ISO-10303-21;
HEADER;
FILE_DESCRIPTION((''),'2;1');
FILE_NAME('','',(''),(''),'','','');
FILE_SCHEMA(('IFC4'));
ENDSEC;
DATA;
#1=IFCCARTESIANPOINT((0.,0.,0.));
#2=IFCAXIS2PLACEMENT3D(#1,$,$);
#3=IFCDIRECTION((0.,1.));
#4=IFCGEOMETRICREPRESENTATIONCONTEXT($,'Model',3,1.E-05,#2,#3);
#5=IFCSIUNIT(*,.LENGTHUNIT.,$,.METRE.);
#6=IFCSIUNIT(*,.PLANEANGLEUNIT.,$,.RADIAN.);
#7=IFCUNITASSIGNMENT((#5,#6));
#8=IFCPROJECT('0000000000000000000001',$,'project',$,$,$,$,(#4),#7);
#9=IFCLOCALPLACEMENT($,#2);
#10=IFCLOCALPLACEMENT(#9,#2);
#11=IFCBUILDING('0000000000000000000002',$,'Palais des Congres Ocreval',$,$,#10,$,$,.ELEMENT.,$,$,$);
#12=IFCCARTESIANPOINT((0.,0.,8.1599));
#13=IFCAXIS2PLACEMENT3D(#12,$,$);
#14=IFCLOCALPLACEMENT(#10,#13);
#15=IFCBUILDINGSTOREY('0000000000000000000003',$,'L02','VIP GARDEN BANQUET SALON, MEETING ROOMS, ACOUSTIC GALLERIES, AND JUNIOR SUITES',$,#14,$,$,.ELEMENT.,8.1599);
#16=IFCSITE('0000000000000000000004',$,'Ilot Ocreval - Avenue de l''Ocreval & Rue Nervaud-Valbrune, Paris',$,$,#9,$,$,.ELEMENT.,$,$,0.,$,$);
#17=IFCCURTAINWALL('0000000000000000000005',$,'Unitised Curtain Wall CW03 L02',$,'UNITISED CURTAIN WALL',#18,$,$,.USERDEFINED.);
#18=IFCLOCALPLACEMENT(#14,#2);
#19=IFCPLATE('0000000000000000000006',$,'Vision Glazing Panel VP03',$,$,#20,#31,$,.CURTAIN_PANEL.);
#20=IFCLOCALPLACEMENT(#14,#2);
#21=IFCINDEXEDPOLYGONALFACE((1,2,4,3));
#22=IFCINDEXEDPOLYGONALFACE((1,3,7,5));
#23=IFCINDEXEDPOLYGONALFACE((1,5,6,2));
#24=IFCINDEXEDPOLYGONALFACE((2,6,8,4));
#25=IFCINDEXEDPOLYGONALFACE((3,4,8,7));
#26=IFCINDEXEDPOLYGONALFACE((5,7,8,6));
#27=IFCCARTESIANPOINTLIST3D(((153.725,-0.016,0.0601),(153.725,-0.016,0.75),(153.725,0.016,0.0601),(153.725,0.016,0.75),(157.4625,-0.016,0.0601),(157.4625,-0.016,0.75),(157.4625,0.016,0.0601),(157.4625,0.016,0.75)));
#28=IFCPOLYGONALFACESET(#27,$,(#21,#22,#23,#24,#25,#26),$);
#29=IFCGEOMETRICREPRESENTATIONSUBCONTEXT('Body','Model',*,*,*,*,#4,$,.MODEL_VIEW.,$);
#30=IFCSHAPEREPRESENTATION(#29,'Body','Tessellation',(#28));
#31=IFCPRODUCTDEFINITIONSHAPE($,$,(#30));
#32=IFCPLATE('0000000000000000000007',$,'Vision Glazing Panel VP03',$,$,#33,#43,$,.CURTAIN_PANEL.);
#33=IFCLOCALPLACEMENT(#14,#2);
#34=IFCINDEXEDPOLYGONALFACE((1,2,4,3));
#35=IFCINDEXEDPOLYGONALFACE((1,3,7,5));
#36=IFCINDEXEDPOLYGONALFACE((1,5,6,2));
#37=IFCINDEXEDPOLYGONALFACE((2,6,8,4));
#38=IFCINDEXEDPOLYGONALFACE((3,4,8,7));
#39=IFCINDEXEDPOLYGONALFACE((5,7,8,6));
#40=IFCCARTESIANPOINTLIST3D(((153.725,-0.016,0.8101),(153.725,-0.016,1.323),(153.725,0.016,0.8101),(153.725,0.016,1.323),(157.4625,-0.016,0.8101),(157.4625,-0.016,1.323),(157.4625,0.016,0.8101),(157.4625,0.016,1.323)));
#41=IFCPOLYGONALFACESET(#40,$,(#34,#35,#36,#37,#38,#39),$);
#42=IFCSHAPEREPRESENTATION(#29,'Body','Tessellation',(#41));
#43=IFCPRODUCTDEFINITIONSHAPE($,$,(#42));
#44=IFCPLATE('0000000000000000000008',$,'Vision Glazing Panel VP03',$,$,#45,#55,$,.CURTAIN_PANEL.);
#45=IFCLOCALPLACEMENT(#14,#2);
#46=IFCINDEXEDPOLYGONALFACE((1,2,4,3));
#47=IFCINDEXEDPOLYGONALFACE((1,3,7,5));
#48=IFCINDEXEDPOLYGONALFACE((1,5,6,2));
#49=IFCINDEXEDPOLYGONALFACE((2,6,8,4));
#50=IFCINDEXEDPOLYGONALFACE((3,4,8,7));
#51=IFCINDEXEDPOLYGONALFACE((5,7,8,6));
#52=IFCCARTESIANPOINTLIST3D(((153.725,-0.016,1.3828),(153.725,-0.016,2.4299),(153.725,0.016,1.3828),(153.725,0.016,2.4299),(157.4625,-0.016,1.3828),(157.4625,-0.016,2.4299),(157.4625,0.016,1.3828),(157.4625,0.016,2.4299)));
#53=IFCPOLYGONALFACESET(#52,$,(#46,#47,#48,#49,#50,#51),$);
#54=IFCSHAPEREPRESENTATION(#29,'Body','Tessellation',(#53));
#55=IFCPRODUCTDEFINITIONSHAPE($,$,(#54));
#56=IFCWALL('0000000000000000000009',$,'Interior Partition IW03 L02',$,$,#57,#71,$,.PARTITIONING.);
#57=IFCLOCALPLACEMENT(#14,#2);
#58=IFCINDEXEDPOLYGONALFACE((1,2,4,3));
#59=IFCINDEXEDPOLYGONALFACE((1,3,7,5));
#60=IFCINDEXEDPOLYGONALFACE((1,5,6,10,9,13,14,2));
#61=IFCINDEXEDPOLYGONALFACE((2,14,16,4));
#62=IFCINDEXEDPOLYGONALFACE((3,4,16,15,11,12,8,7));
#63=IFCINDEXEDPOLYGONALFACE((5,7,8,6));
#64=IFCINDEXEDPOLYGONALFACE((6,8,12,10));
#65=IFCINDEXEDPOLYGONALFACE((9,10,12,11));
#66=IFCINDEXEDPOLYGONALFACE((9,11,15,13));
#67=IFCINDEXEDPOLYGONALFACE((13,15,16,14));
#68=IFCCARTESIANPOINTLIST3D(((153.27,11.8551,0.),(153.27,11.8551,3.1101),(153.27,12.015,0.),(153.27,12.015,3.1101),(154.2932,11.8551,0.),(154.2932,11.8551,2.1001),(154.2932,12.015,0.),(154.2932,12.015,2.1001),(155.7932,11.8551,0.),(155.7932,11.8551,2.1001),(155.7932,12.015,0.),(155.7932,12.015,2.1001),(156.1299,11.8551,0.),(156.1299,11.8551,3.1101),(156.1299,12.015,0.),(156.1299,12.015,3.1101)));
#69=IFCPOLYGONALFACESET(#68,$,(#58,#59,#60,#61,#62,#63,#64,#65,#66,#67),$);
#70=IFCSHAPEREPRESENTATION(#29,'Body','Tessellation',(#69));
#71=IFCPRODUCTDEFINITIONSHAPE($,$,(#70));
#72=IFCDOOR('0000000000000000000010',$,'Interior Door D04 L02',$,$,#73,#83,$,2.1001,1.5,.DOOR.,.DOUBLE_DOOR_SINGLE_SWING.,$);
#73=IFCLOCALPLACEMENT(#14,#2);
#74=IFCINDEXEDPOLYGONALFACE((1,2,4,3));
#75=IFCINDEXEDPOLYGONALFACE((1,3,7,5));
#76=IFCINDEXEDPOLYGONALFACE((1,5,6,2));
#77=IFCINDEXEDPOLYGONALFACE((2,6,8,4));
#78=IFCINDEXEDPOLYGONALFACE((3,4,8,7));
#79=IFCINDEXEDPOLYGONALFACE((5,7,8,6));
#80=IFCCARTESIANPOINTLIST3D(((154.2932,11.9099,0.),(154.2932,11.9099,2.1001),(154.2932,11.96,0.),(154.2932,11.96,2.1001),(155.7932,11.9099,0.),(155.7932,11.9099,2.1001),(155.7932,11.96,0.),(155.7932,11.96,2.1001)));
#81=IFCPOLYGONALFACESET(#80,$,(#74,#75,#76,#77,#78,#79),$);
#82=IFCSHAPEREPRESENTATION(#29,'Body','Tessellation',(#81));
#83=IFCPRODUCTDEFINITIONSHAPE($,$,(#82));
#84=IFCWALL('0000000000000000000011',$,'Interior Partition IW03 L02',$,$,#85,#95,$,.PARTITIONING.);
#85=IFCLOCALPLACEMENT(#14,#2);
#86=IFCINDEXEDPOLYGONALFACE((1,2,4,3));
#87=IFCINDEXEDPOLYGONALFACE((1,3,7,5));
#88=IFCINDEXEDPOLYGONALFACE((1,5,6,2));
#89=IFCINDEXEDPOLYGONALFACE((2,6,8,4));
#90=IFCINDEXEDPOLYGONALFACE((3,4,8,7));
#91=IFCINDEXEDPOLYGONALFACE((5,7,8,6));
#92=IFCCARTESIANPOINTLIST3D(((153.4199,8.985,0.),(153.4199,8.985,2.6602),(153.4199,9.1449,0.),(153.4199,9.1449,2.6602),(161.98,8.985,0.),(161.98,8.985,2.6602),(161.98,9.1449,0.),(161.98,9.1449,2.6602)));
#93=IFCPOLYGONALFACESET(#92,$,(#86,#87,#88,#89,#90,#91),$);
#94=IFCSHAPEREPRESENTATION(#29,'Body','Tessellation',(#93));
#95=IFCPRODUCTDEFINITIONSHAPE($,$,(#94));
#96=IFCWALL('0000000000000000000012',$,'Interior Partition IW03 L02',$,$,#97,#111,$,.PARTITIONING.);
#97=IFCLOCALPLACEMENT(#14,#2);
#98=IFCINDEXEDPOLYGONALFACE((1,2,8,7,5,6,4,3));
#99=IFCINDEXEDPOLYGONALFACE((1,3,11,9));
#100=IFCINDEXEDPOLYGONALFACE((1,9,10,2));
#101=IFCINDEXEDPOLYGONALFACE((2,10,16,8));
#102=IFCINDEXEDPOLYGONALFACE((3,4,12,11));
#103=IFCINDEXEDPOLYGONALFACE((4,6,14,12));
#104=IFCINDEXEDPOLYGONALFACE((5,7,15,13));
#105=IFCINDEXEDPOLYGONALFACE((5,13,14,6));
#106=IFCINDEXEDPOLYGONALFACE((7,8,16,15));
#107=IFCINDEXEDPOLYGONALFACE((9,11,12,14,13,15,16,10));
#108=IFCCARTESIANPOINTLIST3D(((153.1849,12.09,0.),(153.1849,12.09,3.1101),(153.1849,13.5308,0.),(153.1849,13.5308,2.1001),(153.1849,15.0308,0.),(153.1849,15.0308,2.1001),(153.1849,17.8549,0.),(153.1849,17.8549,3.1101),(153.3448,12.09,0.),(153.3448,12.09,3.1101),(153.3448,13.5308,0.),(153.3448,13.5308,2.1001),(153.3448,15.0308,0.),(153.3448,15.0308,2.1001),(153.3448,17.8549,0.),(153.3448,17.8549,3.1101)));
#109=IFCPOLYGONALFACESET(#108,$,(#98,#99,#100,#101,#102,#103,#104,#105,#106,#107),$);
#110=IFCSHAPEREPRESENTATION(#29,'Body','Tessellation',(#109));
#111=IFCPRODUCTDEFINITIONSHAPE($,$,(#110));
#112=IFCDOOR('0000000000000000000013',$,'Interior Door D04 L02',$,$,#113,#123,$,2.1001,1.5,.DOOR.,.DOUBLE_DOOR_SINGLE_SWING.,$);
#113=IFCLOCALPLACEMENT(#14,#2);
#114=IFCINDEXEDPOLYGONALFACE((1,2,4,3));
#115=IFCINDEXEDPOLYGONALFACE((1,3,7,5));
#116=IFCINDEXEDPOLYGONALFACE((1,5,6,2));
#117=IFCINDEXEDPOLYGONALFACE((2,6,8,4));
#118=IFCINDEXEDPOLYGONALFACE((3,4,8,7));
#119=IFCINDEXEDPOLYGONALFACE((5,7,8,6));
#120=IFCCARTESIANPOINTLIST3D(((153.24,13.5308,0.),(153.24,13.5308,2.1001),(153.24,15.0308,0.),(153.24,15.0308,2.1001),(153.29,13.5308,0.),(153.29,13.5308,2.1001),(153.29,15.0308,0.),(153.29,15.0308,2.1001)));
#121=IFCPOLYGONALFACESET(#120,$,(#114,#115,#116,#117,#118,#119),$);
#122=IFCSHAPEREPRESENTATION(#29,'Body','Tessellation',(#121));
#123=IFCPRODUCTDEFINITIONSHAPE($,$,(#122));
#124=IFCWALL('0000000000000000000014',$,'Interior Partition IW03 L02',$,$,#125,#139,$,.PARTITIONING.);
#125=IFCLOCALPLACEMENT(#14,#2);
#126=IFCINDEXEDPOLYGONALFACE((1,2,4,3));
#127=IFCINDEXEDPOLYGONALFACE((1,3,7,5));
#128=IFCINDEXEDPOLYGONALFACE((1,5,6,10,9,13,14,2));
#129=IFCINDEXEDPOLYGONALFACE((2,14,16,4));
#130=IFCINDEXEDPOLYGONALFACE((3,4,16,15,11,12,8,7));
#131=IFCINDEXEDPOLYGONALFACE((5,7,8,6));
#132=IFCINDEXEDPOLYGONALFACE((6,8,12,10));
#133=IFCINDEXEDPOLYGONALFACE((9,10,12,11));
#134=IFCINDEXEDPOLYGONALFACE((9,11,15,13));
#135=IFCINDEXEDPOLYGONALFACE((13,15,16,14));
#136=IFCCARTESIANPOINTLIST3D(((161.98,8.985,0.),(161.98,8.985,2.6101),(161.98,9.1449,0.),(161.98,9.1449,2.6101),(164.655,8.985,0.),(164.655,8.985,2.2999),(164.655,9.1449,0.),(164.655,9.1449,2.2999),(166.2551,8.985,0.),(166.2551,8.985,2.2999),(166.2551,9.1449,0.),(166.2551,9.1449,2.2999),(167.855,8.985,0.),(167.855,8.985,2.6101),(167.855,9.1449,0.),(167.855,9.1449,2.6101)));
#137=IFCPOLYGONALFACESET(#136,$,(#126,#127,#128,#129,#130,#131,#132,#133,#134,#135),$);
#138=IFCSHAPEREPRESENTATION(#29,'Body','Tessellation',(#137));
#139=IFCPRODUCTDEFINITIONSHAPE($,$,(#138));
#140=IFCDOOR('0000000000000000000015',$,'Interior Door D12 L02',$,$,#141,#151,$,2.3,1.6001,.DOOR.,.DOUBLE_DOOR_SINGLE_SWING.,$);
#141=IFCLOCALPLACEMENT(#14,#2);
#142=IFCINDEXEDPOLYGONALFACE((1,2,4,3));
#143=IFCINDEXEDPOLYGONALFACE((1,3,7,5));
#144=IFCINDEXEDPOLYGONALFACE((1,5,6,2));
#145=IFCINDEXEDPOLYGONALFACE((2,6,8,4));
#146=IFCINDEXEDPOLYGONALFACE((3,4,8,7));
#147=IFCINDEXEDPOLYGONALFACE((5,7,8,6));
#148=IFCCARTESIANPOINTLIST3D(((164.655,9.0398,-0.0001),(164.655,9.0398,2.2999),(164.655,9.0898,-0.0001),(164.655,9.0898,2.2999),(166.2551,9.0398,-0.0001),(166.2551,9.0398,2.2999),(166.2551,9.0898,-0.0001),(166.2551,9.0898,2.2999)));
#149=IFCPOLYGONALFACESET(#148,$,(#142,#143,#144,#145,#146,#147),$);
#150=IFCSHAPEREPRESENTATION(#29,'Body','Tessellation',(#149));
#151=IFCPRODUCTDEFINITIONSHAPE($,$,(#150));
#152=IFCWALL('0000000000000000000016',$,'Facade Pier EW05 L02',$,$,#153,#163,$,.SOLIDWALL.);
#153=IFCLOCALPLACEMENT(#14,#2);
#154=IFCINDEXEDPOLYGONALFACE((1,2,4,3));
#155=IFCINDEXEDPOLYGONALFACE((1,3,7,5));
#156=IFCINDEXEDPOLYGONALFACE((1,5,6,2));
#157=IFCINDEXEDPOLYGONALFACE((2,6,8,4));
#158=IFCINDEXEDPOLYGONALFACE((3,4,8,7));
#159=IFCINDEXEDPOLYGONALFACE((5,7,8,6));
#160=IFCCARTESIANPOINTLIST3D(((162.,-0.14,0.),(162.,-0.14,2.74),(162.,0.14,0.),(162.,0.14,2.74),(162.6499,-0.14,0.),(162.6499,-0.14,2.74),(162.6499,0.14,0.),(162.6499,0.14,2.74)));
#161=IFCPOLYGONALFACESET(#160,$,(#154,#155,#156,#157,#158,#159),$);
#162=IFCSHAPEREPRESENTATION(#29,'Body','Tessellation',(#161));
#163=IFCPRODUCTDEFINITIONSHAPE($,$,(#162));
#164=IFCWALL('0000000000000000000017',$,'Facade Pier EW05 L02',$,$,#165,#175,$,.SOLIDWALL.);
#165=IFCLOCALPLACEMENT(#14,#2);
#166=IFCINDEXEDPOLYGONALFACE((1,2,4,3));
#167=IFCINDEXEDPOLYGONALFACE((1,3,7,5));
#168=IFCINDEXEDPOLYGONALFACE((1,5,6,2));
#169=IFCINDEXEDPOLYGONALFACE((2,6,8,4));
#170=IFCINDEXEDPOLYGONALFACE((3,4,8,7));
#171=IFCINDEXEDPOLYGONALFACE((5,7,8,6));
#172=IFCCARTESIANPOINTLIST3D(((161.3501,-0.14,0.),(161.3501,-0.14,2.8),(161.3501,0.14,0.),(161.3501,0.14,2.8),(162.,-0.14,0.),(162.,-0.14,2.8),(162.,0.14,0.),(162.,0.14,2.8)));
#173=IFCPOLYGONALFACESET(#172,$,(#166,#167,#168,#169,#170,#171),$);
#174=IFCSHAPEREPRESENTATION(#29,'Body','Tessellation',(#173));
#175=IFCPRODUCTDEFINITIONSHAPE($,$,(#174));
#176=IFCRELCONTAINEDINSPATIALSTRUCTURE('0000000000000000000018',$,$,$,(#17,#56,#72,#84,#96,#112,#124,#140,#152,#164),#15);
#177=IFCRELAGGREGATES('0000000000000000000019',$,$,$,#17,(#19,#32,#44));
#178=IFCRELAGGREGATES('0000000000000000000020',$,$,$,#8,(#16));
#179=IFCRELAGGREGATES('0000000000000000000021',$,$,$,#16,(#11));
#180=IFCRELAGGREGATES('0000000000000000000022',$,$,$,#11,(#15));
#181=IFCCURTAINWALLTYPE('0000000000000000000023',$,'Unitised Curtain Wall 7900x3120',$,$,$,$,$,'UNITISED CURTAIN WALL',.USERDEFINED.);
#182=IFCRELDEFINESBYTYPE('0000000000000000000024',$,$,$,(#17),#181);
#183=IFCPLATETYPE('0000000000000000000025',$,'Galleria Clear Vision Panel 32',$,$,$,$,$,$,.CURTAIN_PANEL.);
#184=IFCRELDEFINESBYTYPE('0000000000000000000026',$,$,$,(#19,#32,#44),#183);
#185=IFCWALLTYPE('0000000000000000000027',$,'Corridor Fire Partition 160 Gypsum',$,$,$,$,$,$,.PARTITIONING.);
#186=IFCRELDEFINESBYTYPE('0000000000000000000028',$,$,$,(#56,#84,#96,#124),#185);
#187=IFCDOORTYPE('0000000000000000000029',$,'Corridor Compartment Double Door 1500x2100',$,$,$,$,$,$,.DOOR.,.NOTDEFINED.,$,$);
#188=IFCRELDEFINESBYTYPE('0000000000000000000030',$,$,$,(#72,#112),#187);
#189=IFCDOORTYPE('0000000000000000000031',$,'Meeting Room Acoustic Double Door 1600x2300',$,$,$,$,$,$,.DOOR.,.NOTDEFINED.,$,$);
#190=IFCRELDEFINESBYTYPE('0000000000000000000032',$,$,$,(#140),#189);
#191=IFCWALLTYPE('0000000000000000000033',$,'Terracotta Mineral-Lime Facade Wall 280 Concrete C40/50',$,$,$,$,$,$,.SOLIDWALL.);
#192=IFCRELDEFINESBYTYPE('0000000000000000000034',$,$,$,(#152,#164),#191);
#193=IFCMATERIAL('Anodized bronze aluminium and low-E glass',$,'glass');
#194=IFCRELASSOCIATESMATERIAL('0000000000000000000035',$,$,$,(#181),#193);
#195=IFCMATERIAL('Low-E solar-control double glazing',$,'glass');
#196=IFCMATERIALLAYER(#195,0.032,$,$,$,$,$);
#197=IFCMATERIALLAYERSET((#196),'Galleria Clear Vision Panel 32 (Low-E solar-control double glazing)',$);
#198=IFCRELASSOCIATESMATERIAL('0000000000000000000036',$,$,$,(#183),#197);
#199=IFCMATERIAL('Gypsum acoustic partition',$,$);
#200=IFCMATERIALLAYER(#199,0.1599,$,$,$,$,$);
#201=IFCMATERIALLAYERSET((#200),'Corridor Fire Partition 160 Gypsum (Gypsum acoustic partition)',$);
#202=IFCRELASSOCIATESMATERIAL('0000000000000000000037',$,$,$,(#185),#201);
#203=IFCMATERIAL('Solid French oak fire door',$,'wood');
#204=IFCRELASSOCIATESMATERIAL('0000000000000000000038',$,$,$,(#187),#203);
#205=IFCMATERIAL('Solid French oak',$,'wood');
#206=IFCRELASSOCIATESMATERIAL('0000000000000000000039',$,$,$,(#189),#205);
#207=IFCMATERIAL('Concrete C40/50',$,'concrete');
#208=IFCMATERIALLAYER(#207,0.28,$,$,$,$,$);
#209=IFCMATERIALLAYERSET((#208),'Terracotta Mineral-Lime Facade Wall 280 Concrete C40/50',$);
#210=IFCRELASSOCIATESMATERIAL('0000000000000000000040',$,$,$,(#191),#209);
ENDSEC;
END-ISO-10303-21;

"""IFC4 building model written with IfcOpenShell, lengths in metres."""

from ifc_helpers import new_model, si_unit, direction, frame, frame_2d, origin, origin_2d, place, context, subcontext, project, spatial, rectangle, extrude, material, layer, layer_set, type_object, element, fill, aggregate, save


model = new_model("IFC4")

# Units and contexts
model_context = context("Model", 3, precision=1e-05, world=origin(), true_north=direction((0.0, 1.0)))
body_context = subcontext(model_context, "Body", "Model", "MODEL_VIEW")
ifc_project = project(units=[si_unit("LENGTHUNIT", "METRE"), si_unit("PLANEANGLEUNIT", "RADIAN")], contexts=[model_context])

# Site, building, storey
site_placement = place(None, origin())
site = spatial("IfcSite", under=ifc_project, at=site_placement, Name="Ilot Ocreval - Avenue de l'Ocreval & Rue Nervaud-Valbrune, Paris", CompositionType="ELEMENT", RefElevation=0.0)
building_placement = place(site_placement, origin())
building = spatial("IfcBuilding", under=site, at=building_placement, Name="Palais des Congres Ocreval", CompositionType="ELEMENT")
storey_placement = place(building_placement, frame((0.0, 0.0, 8.1599)))
storey = spatial("IfcBuildingStorey", under=building, at=storey_placement, Name="L02", Description="VIP GARDEN BANQUET SALON, MEETING ROOMS, ACOUSTIC GALLERIES, AND JUNIOR SUITES", CompositionType="ELEMENT", Elevation=8.1599)

# Curtain wall
ifc_material_1 = material(Name="Anodized bronze aluminium and low-E glass", Category="glass")
curtain_wall_type = type_object("IfcCurtainWallType", Name="Unitised Curtain Wall 7900x3120", ElementType="UNITISED CURTAIN WALL", PredefinedType="USERDEFINED", material=ifc_material_1)
curtain_wall_placement = place(storey_placement, origin())
curtain_wall = element("IfcCurtainWall", 1, at=curtain_wall_placement, inside=storey, type_object=curtain_wall_type, Name="Unitised Curtain Wall CW03 L02", ObjectType="UNITISED CURTAIN WALL", PredefinedType="USERDEFINED")

# Plates
ifc_material_2 = material(Name="Low-E solar-control double glazing", Category="glass")
ifc_layer_1 = layer(ifc_material_2, 0.032)
ifc_layer_set_1 = layer_set([ifc_layer_1], Name="Galleria Clear Vision Panel 32 (Low-E solar-control double glazing)")
plate_type_1 = type_object("IfcPlateType", Name="Galleria Clear Vision Panel 32", PredefinedType="CURTAIN_PANEL", material=ifc_layer_set_1)
plate_1_placement = place(storey_placement, frame((155.5938, 0.0, 0.0601), z_axis=(0.0, 0.0, 1.0), x_axis=(-1.0, 0.0, 0.0)))
plate_1 = element("IfcPlate", 2, at=plate_1_placement, type_object=plate_type_1, Name="Vision Glazing Panel VP03", PredefinedType="CURTAIN_PANEL", context=body_context, shape_type="SweptSolid", body=[
    extrude(rectangle(XDim=3.7375, YDim=0.032, at=origin_2d()), origin(), (0.0, 0.0, 1.0), 0.6899),
])
plate_2_placement = place(storey_placement, frame((155.5938, 0.0, 0.8101), z_axis=(0.0, 0.0, 1.0), x_axis=(-1.0, 0.0, 0.0)))
plate_2 = element("IfcPlate", 3, at=plate_2_placement, type_object=plate_type_1, Name="Vision Glazing Panel VP03", PredefinedType="CURTAIN_PANEL", context=body_context, shape_type="SweptSolid", body=[
    extrude(rectangle(XDim=3.7375, YDim=0.032, at=origin_2d()), origin(), (0.0, 0.0, 1.0), 0.5129),
])
plate_3_placement = place(storey_placement, frame((155.5938, 0.0, 1.3828), z_axis=(0.0, 0.0, 1.0), x_axis=(-1.0, 0.0, 0.0)))
plate_3 = element("IfcPlate", 4, at=plate_3_placement, type_object=plate_type_1, Name="Vision Glazing Panel VP03", PredefinedType="CURTAIN_PANEL", context=body_context, shape_type="SweptSolid", body=[
    extrude(rectangle(XDim=3.7375, YDim=0.032, at=origin_2d()), origin(), (0.0, 0.0, 1.0), 1.0471),
])
aggregate(curtain_wall, [plate_1, plate_2, plate_3])

# Wall, opening, door
ifc_material_3 = material(Name="Gypsum acoustic partition")
ifc_layer_2 = layer(ifc_material_3, 0.1599)
ifc_layer_set_2 = layer_set([ifc_layer_2], Name="Corridor Fire Partition 160 Gypsum (Gypsum acoustic partition)")
wall_type_1 = type_object("IfcWallType", Name="Corridor Fire Partition 160 Gypsum", PredefinedType="PARTITIONING", material=ifc_layer_set_2)
wall_1_placement = place(storey_placement, frame((153.27, 11.9351, 0.0), z_axis=(0.0, 0.0, 1.0), x_axis=(1.0, 0.0, 0.0)))
wall_1 = element("IfcWall", 5, at=wall_1_placement, inside=storey, type_object=wall_type_1, Name="Interior Partition IW03 L02", PredefinedType="PARTITIONING", context=body_context, shape_type="SweptSolid", body=[
    extrude(rectangle(XDim=2.8599, YDim=0.1599, at=frame_2d((1.4299, 0.0))), origin(), (0.0, 0.0, 1.0), 3.1101),
])
opening_1_placement = place(wall_1_placement, frame((1.0232, 0.0, 0.0)))
opening_1 = element("IfcOpeningElement", 6, at=opening_1_placement, cuts=wall_1, PredefinedType="OPENING", context=body_context, shape_type="SweptSolid", body=[
    extrude(rectangle(XDim=1.5, YDim=2.1001, at=frame_2d((0.75, 1.05))), frame((0.0, 0.0898, 0.0), z_axis=(0.0, -1.0, 0.0), x_axis=(1.0, 0.0, 0.0)), (0.0, 0.0, 1.0), 0.1799),
])
ifc_material_4 = material(Name="Solid French oak fire door", Category="wood")
door_type_1 = type_object("IfcDoorType", Name="Corridor Compartment Double Door 1500x2100", OperationType="NOTDEFINED", PredefinedType="DOOR", material=ifc_material_4)
door_1_placement = place(opening_1_placement, origin())
door_1 = element("IfcDoor", 7, at=door_1_placement, inside=storey, type_object=door_type_1, Name="Interior Door D04 L02", OperationType="DOUBLE_DOOR_SINGLE_SWING", OverallHeight=2.1001, OverallWidth=1.5, PredefinedType="DOOR", context=body_context, shape_type="SweptSolid", body=[
    extrude(rectangle(XDim=1.5, YDim=2.1001, at=frame_2d((0.75, 1.05))), frame((0.0, 0.0249, 0.0), z_axis=(0.0, -1.0, 0.0), x_axis=(1.0, 0.0, 0.0)), (0.0, 0.0, 1.0), 0.05),
])
fill(opening_1, door_1)

# Wall
wall_2_placement = place(storey_placement, frame((153.4199, 9.0649, 0.0), z_axis=(0.0, 0.0, 1.0), x_axis=(1.0, 0.0, 0.0)))
element("IfcWall", 8, at=wall_2_placement, inside=storey, type_object=wall_type_1, Name="Interior Partition IW03 L02", PredefinedType="PARTITIONING", context=body_context, shape_type="SweptSolid", body=[
    extrude(rectangle(XDim=8.5601, YDim=0.1599, at=frame_2d((4.28, 0.0))), origin(), (0.0, 0.0, 1.0), 2.6602),
])

# Walls, openings, doors
wall_3_placement = place(storey_placement, frame((153.2649, 12.0901, 0.0), z_axis=(0.0, 0.0, 1.0), x_axis=(0.0, 1.0, 0.0)))
wall_3 = element("IfcWall", 9, at=wall_3_placement, inside=storey, type_object=wall_type_1, Name="Interior Partition IW03 L02", PredefinedType="PARTITIONING", context=body_context, shape_type="SweptSolid", body=[
    extrude(rectangle(XDim=5.7649, YDim=0.1599, at=frame_2d((2.8823, 0.0))), origin(), (0.0, 0.0, 1.0), 3.1101),
])
opening_2_placement = place(wall_3_placement, frame((1.4407, 0.0, 0.0)))
opening_2 = element("IfcOpeningElement", 10, at=opening_2_placement, cuts=wall_3, PredefinedType="OPENING", context=body_context, shape_type="SweptSolid", body=[
    extrude(rectangle(XDim=1.5, YDim=2.1001, at=frame_2d((0.75, 1.05))), frame((0.0, 0.0898, 0.0), z_axis=(0.0, -1.0, 0.0), x_axis=(1.0, 0.0, 0.0)), (0.0, 0.0, 1.0), 0.1799),
])
door_2_placement = place(opening_2_placement, origin())
door_2 = element("IfcDoor", 11, at=door_2_placement, inside=storey, type_object=door_type_1, Name="Interior Door D04 L02", OperationType="DOUBLE_DOOR_SINGLE_SWING", OverallHeight=2.1001, OverallWidth=1.5, PredefinedType="DOOR", context=body_context, shape_type="SweptSolid", body=[
    extrude(rectangle(XDim=1.5, YDim=2.1001, at=frame_2d((0.75, 1.05))), frame((0.0, 0.0249, 0.0), z_axis=(0.0, -1.0, 0.0), x_axis=(1.0, 0.0, 0.0)), (0.0, 0.0, 1.0), 0.05),
])
fill(opening_2, door_2)
wall_4_placement = place(storey_placement, frame((161.98, 9.0649, 0.0), z_axis=(0.0, 0.0, 1.0), x_axis=(1.0, 0.0, 0.0)))
wall_4 = element("IfcWall", 12, at=wall_4_placement, inside=storey, type_object=wall_type_1, Name="Interior Partition IW03 L02", PredefinedType="PARTITIONING", context=body_context, shape_type="SweptSolid", body=[
    extrude(rectangle(XDim=5.875, YDim=0.1599, at=frame_2d((2.9375, 0.0))), origin(), (0.0, 0.0, 1.0), 2.6101),
])
opening_3_placement = place(wall_4_placement, frame((2.675, 0.0, 0.0)))
opening_3 = element("IfcOpeningElement", 13, at=opening_3_placement, cuts=wall_4, PredefinedType="OPENING", context=body_context, shape_type="SweptSolid", body=[
    extrude(rectangle(XDim=1.6001, YDim=2.3, at=frame_2d((0.8, 1.1499))), frame((0.0, 0.0898, 0.0), z_axis=(0.0, -1.0, 0.0), x_axis=(1.0, 0.0, 0.0)), (0.0, 0.0, 1.0), 0.1799),
])
ifc_material_5 = material(Name="Solid French oak", Category="wood")
door_type_2 = type_object("IfcDoorType", Name="Meeting Room Acoustic Double Door 1600x2300", OperationType="NOTDEFINED", PredefinedType="DOOR", material=ifc_material_5)
door_3_placement = place(opening_3_placement, origin())
door_3 = element("IfcDoor", 14, at=door_3_placement, inside=storey, type_object=door_type_2, Name="Interior Door D12 L02", OperationType="DOUBLE_DOOR_SINGLE_SWING", OverallHeight=2.3, OverallWidth=1.6001, PredefinedType="DOOR", context=body_context, shape_type="SweptSolid", body=[
    extrude(rectangle(XDim=1.6001, YDim=2.3, at=frame_2d((0.8, 1.1499))), frame((0.0, 0.0249, 0.0), z_axis=(0.0, -1.0, 0.0), x_axis=(1.0, 0.0, 0.0)), (0.0, 0.0, 1.0), 0.05),
])
fill(opening_3, door_3)

# Walls
ifc_material_6 = material(Name="Concrete C40/50", Category="concrete")
ifc_layer_3 = layer(ifc_material_6, 0.28)
ifc_layer_set_3 = layer_set([ifc_layer_3], Name="Terracotta Mineral-Lime Facade Wall 280 Concrete C40/50")
wall_type_2 = type_object("IfcWallType", Name="Terracotta Mineral-Lime Facade Wall 280 Concrete C40/50", PredefinedType="SOLIDWALL", material=ifc_layer_set_3)
wall_5_placement = place(storey_placement, frame((162.6499, 0.0, 0.0), z_axis=(0.0, 0.0, 1.0), x_axis=(-1.0, 0.0, 0.0)))
element("IfcWall", 15, at=wall_5_placement, inside=storey, type_object=wall_type_2, Name="Facade Pier EW05 L02", PredefinedType="SOLIDWALL", context=body_context, shape_type="SweptSolid", body=[
    extrude(rectangle(XDim=0.6499, YDim=0.28, at=frame_2d((0.325, 0.0))), origin(), (0.0, 0.0, 1.0), 2.74),
])
for number, where, z_axis, x_axis, name in (
    (16, (162.0, 0.0, 0.0), (0.0, 0.0, 1.0), (-1.0, 0.0, 0.0), "Facade Pier EW05 L02"),
):
    element("IfcWall", number, at=place(storey_placement, frame(where, z_axis=z_axis, x_axis=x_axis)), inside=storey, type_object=wall_type_2, Name=name, PredefinedType="SOLIDWALL", context=body_context, shape_type="SweptSolid", body=[
        extrude(rectangle(XDim=0.6499, YDim=0.28, at=frame_2d((0.325, 0.0))), origin(), (0.0, 0.0, 1.0), 2.8),
    ])

save(model, "model.ifc")
